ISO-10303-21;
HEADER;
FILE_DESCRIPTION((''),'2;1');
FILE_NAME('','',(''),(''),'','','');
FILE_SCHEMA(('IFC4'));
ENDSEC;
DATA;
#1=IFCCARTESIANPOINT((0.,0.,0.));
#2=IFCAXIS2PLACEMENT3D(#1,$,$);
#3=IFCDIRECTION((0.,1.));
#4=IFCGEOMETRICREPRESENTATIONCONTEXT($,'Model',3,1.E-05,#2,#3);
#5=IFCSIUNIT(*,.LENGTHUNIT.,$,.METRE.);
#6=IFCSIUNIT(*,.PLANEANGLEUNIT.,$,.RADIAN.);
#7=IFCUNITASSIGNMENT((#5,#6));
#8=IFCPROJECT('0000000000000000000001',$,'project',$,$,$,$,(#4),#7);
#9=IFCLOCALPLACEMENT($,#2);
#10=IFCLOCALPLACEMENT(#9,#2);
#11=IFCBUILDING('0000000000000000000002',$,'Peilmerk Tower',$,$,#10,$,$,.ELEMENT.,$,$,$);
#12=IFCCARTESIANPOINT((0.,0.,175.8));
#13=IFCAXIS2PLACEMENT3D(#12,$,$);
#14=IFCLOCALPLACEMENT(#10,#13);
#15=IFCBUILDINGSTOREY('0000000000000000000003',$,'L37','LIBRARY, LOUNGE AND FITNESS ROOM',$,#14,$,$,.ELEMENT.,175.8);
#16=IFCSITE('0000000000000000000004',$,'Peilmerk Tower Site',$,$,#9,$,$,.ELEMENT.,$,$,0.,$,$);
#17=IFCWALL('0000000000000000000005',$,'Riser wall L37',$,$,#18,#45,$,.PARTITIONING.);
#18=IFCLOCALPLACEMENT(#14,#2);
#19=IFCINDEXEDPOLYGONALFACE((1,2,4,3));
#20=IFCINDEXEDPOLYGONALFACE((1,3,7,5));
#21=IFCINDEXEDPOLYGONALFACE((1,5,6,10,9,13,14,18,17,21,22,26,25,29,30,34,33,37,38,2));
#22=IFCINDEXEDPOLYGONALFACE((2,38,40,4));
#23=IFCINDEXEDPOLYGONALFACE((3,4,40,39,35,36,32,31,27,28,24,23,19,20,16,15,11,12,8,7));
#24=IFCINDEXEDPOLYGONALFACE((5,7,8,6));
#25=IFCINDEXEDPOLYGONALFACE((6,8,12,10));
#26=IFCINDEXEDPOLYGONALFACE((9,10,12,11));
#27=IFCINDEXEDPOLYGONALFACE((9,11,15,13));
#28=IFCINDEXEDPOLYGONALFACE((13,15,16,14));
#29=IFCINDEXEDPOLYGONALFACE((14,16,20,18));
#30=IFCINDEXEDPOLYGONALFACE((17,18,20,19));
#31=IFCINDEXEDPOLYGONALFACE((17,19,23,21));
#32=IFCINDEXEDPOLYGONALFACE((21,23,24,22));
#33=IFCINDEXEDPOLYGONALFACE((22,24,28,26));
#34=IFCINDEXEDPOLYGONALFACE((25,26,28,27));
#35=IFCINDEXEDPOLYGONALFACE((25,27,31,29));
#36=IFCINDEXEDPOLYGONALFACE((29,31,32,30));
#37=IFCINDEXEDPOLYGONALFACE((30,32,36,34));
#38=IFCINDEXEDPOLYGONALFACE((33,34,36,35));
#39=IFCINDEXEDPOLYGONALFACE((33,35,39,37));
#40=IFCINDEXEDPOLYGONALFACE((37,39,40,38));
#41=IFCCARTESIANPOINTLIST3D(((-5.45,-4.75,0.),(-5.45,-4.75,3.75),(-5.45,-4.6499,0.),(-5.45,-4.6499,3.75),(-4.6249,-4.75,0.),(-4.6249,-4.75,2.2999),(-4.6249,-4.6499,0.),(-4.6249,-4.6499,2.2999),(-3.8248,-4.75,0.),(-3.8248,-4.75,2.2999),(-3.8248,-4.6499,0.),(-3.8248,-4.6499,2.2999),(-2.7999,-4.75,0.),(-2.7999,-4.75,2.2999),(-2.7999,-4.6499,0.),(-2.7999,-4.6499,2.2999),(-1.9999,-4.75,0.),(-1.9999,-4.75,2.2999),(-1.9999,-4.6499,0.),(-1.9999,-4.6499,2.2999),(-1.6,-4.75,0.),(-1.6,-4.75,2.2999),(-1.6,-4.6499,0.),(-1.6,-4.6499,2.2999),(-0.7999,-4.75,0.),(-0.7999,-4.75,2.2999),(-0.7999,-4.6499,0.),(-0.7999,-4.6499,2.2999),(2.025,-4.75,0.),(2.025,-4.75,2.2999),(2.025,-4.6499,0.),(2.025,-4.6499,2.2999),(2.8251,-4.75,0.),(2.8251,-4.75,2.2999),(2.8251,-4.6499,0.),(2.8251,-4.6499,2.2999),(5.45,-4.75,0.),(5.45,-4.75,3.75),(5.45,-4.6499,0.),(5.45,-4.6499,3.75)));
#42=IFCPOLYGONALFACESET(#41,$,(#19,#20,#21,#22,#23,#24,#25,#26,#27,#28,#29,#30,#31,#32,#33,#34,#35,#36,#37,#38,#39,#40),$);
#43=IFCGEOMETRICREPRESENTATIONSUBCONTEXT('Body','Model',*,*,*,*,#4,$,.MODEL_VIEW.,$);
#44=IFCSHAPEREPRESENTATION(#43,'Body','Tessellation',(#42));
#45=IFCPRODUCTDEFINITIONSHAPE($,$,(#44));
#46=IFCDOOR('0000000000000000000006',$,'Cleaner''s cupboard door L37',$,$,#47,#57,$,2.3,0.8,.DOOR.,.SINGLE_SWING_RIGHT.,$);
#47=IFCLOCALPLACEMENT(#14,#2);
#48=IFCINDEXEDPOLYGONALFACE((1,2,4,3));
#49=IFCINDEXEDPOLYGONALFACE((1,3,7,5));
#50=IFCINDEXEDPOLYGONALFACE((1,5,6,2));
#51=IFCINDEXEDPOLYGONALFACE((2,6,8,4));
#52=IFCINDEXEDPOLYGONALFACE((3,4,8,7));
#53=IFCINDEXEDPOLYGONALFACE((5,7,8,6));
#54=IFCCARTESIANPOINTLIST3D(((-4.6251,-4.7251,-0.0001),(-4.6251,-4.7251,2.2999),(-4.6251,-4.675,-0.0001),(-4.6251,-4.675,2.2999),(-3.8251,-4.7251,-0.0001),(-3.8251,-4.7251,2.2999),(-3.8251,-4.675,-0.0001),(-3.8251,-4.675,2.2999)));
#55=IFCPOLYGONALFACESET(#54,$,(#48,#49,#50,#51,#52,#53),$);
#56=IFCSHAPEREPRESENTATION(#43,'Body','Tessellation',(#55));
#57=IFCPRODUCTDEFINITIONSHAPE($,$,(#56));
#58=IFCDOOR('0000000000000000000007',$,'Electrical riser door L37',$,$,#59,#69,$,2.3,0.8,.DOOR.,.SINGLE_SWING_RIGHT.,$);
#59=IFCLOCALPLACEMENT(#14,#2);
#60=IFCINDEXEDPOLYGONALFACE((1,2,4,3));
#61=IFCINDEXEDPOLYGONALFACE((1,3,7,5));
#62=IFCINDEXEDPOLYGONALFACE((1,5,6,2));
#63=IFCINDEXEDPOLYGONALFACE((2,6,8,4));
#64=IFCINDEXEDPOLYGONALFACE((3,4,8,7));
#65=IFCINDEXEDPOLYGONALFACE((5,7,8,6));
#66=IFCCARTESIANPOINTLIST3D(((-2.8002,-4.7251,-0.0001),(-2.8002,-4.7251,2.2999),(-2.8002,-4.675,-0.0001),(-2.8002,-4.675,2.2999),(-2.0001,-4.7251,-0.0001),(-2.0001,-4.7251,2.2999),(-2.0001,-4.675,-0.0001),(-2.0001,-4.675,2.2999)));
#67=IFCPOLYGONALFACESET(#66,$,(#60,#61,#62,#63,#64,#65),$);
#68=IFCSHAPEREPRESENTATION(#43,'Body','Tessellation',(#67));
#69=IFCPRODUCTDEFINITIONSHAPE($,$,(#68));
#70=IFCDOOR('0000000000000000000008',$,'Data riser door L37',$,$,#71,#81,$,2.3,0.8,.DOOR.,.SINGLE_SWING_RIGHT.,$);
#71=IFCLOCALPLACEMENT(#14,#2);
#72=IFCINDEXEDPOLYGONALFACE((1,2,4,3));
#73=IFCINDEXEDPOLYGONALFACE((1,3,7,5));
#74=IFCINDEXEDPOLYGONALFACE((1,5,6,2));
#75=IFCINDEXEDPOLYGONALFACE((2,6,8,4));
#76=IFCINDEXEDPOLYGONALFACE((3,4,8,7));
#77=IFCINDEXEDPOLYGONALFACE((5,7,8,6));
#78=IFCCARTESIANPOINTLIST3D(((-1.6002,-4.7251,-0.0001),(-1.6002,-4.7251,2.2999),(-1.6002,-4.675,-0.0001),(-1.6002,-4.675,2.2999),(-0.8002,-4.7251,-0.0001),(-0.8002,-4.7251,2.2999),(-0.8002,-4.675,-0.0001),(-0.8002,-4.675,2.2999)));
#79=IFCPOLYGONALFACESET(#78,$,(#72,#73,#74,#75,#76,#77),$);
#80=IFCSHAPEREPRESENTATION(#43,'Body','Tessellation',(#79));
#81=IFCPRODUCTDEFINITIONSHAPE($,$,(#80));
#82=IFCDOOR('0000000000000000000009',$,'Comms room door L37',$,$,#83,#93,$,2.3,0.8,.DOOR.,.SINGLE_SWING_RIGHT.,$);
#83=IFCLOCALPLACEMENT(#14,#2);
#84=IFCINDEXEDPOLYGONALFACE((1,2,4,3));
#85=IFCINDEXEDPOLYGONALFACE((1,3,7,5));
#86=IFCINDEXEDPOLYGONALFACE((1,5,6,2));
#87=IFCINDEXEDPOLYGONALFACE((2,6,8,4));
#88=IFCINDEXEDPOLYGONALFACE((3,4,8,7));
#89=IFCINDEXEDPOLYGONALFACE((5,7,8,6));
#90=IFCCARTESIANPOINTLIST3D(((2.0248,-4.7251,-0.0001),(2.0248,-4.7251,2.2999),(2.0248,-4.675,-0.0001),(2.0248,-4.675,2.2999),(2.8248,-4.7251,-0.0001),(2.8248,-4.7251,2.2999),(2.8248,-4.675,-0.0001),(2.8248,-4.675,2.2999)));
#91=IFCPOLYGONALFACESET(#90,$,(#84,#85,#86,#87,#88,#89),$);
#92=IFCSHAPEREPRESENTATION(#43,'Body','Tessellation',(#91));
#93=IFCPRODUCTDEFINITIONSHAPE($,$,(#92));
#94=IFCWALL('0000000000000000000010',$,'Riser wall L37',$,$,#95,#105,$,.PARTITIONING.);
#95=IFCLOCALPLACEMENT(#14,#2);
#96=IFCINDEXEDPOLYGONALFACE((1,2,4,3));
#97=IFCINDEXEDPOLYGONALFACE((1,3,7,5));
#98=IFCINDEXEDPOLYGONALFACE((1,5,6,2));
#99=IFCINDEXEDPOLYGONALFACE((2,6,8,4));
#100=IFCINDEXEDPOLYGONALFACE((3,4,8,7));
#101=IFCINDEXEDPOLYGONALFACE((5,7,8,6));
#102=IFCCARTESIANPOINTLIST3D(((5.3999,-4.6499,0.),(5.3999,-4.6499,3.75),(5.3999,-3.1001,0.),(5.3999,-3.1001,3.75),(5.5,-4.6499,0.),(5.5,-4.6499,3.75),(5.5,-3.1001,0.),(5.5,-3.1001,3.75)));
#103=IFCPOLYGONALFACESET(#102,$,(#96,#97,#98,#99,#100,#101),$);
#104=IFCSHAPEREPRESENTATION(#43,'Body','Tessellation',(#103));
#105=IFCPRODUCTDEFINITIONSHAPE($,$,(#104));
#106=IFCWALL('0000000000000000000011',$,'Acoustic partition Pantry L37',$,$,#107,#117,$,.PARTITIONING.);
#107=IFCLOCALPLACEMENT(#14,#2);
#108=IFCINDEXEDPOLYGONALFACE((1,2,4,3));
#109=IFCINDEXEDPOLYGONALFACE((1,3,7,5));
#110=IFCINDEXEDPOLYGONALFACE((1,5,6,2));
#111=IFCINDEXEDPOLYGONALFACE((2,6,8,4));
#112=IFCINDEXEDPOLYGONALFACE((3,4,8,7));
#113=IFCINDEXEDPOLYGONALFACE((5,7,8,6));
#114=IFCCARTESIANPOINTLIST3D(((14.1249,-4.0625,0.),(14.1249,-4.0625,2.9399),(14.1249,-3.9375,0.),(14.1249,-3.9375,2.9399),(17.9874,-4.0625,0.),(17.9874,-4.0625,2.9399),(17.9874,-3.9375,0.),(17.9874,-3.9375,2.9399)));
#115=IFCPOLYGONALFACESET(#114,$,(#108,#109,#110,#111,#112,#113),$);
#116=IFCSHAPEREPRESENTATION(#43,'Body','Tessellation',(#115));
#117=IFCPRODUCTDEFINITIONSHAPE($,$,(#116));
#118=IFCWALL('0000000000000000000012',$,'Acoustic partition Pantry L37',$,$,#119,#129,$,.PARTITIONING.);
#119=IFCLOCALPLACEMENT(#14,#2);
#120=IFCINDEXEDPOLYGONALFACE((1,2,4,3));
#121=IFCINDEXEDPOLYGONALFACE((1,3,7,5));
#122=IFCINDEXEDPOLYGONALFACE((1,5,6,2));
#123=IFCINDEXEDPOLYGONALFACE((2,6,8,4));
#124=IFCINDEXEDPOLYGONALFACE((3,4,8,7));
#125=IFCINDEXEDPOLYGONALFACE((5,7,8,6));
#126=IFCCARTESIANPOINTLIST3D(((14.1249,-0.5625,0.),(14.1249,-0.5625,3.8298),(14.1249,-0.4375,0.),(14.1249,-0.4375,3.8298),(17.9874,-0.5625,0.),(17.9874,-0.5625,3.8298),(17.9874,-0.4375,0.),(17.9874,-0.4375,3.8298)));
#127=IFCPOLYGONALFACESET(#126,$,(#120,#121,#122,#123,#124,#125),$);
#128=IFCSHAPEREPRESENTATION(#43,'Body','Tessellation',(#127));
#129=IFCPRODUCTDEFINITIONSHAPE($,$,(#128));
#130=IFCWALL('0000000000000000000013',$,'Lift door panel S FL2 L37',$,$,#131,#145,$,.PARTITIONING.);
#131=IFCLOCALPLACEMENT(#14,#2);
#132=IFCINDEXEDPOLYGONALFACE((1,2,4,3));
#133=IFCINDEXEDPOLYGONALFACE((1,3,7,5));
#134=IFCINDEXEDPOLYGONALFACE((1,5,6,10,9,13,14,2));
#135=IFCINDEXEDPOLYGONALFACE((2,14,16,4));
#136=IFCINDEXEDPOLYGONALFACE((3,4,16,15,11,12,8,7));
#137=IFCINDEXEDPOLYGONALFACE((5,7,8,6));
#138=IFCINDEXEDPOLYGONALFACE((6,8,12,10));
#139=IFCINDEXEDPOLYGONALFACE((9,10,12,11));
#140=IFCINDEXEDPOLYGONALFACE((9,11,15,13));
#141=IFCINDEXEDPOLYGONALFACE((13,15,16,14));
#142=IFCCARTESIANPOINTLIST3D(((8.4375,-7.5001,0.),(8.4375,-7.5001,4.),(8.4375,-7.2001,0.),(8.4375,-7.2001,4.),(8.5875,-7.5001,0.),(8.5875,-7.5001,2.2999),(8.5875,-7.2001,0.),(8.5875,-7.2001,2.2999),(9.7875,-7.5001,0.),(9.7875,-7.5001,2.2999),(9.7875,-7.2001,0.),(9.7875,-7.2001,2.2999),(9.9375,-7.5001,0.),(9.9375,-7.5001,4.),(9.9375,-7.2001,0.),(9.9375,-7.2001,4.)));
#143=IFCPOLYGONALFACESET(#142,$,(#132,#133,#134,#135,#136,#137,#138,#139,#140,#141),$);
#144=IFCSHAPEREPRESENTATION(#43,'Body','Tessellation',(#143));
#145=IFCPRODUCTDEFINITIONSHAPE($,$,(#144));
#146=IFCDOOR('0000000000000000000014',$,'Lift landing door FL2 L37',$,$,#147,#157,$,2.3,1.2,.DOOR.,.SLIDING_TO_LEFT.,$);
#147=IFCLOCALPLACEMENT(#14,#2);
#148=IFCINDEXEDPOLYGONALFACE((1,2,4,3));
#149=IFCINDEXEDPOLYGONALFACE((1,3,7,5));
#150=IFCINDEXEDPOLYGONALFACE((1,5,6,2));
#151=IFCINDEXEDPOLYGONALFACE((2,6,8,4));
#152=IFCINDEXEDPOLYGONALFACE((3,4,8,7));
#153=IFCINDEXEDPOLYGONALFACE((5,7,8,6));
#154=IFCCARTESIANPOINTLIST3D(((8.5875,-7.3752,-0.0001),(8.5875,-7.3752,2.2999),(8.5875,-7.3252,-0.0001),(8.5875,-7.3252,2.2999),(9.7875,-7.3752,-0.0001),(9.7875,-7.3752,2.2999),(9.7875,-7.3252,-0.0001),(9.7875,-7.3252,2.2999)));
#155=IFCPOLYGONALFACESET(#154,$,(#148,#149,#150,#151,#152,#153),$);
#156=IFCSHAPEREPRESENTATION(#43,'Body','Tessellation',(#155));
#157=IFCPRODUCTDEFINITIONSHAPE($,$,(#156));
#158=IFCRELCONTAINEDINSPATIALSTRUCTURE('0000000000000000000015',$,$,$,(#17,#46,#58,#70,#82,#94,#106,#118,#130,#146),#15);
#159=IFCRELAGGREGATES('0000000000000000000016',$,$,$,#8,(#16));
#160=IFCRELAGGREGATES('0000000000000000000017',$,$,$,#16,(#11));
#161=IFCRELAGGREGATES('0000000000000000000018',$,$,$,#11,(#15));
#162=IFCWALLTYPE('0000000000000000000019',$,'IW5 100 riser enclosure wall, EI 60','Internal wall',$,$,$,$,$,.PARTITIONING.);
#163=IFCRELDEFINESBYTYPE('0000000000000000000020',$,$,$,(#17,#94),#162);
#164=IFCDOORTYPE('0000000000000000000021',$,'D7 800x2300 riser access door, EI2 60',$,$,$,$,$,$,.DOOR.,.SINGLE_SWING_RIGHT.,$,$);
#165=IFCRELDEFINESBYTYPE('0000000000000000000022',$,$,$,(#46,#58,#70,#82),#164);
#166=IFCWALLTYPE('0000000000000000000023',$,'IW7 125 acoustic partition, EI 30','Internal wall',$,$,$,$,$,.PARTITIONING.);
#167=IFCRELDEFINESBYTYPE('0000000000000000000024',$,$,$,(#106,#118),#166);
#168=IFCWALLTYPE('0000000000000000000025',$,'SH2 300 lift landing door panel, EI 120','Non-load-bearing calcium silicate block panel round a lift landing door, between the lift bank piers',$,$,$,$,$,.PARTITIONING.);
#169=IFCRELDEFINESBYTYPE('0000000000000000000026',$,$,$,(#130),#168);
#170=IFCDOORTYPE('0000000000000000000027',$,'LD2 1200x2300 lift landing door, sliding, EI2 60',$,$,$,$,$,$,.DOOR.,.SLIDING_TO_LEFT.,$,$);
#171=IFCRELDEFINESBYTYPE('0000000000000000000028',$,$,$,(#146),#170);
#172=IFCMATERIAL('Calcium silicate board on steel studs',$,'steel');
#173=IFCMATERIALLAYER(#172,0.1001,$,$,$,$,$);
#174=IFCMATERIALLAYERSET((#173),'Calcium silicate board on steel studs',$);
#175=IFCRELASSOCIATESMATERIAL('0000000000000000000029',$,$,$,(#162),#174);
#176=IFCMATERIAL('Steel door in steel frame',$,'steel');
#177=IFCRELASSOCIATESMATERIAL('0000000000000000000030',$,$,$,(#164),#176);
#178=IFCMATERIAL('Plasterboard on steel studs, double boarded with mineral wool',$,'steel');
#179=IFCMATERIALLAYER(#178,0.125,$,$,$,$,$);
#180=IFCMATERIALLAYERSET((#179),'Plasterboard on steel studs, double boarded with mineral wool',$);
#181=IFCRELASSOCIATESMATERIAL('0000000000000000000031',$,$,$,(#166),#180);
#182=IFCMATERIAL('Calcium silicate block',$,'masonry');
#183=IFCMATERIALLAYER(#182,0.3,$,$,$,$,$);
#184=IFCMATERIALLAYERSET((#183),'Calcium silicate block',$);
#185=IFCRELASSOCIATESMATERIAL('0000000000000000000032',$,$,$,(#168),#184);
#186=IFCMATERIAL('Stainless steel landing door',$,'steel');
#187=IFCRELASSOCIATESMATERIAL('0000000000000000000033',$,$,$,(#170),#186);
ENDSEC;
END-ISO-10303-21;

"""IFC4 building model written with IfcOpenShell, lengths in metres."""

from ifc_helpers import new_model, si_unit, direction, frame, frame_2d, origin, place, context, subcontext, project, spatial, rectangle, extrude, material, layer, layer_set, type_object, element, fill, save


model = new_model("IFC4")

# Units and contexts
model_context = context("Model", 3, precision=1e-05, world=origin(), true_north=direction((0.0, 1.0)))
body_context = subcontext(model_context, "Body", "Model", "MODEL_VIEW")
ifc_project = project(units=[si_unit("LENGTHUNIT", "METRE"), si_unit("PLANEANGLEUNIT", "RADIAN")], contexts=[model_context])

# Site, building, storey
site_placement = place(None, origin())
site = spatial("IfcSite", under=ifc_project, at=site_placement, Name="Peilmerk Tower Site", CompositionType="ELEMENT", RefElevation=0.0)
building_placement = place(site_placement, origin())
building = spatial("IfcBuilding", under=site, at=building_placement, Name="Peilmerk Tower", CompositionType="ELEMENT")
storey_placement = place(building_placement, frame((0.0, 0.0, 175.8)))
storey = spatial("IfcBuildingStorey", under=building, at=storey_placement, Name="L37", Description="LIBRARY, LOUNGE AND FITNESS ROOM", CompositionType="ELEMENT", Elevation=175.8)

# Shared definitions
ifc_material_1 = material(Name="Steel door in steel frame", Category="steel")

# Shared definitions
ifc_material_2 = material(Name="Calcium silicate board on steel studs", Category="steel")
ifc_layer_1 = layer(ifc_material_2, 0.1001)
ifc_layer_set_1 = layer_set([ifc_layer_1], Name="Calcium silicate board on steel studs")
wall_type_1 = type_object("IfcWallType", Name="IW5 100 riser enclosure wall, EI 60", Description="Internal wall", PredefinedType="PARTITIONING", material=ifc_layer_set_1)

# Wall, openings, doors
wall_1_placement = place(storey_placement, frame((5.45, -4.7, 0.0), z_axis=(0.0, 0.0, 1.0), x_axis=(-1.0, 0.0, 0.0)))
wall_1 = element("IfcWall", 1, at=wall_1_placement, inside=storey, type_object=wall_type_1, Name="Riser wall L37", PredefinedType="PARTITIONING", context=body_context, shape_type="SweptSolid", body=[
    extrude(rectangle(XDim=10.8999, YDim=0.1001, at=frame_2d((5.45, 0.0))), origin(), (0.0, 0.0, 1.0), 3.75),
])
opening_1_placement = place(wall_1_placement, frame((9.2749, 0.0, 0.0)))
opening_1 = element("IfcOpeningElement", 2, at=opening_1_placement, cuts=wall_1, PredefinedType="OPENING", context=body_context, shape_type="SweptSolid", body=[
    extrude(rectangle(XDim=0.8, YDim=2.3, at=frame_2d((0.3999, 1.1499))), frame((0.0, 0.0601, 0.0), z_axis=(0.0, -1.0, 0.0), x_axis=(1.0, 0.0, 0.0)), (0.0, 0.0, 1.0), 0.1201),
])
opening_2_placement = place(wall_1_placement, frame((7.45, 0.0, 0.0)))
opening_2 = element("IfcOpeningElement", 3, at=opening_2_placement, cuts=wall_1, PredefinedType="OPENING", context=body_context, shape_type="SweptSolid", body=[
    extrude(rectangle(XDim=0.8, YDim=2.3, at=frame_2d((0.3999, 1.1499))), frame((0.0, 0.0601, 0.0), z_axis=(0.0, -1.0, 0.0), x_axis=(1.0, 0.0, 0.0)), (0.0, 0.0, 1.0), 0.1201),
])
opening_3_placement = place(wall_1_placement, frame((6.25, 0.0, 0.0)))
opening_3 = element("IfcOpeningElement", 4, at=opening_3_placement, cuts=wall_1, PredefinedType="OPENING", context=body_context, shape_type="SweptSolid", body=[
    extrude(rectangle(XDim=0.8, YDim=2.3, at=frame_2d((0.3999, 1.1499))), frame((0.0, 0.0601, 0.0), z_axis=(0.0, -1.0, 0.0), x_axis=(1.0, 0.0, 0.0)), (0.0, 0.0, 1.0), 0.1201),
])
opening_4_placement = place(wall_1_placement, frame((2.625, 0.0, 0.0)))
opening_4 = element("IfcOpeningElement", 5, at=opening_4_placement, cuts=wall_1, PredefinedType="OPENING", context=body_context, shape_type="SweptSolid", body=[
    extrude(rectangle(XDim=0.8, YDim=2.3, at=frame_2d((0.3999, 1.1499))), frame((0.0, 0.0601, 0.0), z_axis=(0.0, -1.0, 0.0), x_axis=(1.0, 0.0, 0.0)), (0.0, 0.0, 1.0), 0.1201),
])
door_type_1 = type_object("IfcDoorType", Name="D7 800x2300 riser access door, EI2 60", OperationType="SINGLE_SWING_RIGHT", PredefinedType="DOOR", material=ifc_material_1)
door_1_placement = place(opening_1_placement, frame((0.8, 0.0, 0.0), z_axis=(0.0, 0.0, 1.0), x_axis=(-1.0, 0.0, 0.0)))
door_1 = element("IfcDoor", 6, at=door_1_placement, inside=storey, type_object=door_type_1, Name="Cleaner's cupboard door L37", OperationType="SINGLE_SWING_RIGHT", OverallHeight=2.3, OverallWidth=0.8, PredefinedType="DOOR", context=body_context, shape_type="SweptSolid", body=[
    extrude(rectangle(XDim=0.8, YDim=2.3, at=frame_2d((0.3999, 1.1499))), frame((0.0, 0.0249, 0.0), z_axis=(0.0, -1.0, 0.0), x_axis=(1.0, 0.0, 0.0)), (0.0, 0.0, 1.0), 0.05),
])
fill(opening_1, door_1)
door_2_placement = place(opening_2_placement, frame((0.8, 0.0, 0.0), z_axis=(0.0, 0.0, 1.0), x_axis=(-1.0, 0.0, 0.0)))
door_2 = element("IfcDoor", 7, at=door_2_placement, inside=storey, type_object=door_type_1, Name="Electrical riser door L37", OperationType="SINGLE_SWING_RIGHT", OverallHeight=2.3, OverallWidth=0.8, PredefinedType="DOOR", context=body_context, shape_type="SweptSolid", body=[
    extrude(rectangle(XDim=0.8, YDim=2.3, at=frame_2d((0.3999, 1.1499))), frame((0.0, 0.0249, 0.0), z_axis=(0.0, -1.0, 0.0), x_axis=(1.0, 0.0, 0.0)), (0.0, 0.0, 1.0), 0.05),
])
fill(opening_2, door_2)
door_3_placement = place(opening_3_placement, frame((0.8, 0.0, 0.0), z_axis=(0.0, 0.0, 1.0), x_axis=(-1.0, 0.0, 0.0)))
door_3 = element("IfcDoor", 8, at=door_3_placement, inside=storey, type_object=door_type_1, Name="Data riser door L37", OperationType="SINGLE_SWING_RIGHT", OverallHeight=2.3, OverallWidth=0.8, PredefinedType="DOOR", context=body_context, shape_type="SweptSolid", body=[
    extrude(rectangle(XDim=0.8, YDim=2.3, at=frame_2d((0.3999, 1.1499))), frame((0.0, 0.0249, 0.0), z_axis=(0.0, -1.0, 0.0), x_axis=(1.0, 0.0, 0.0)), (0.0, 0.0, 1.0), 0.05),
])
fill(opening_3, door_3)
door_4_placement = place(opening_4_placement, frame((0.8, 0.0, 0.0), z_axis=(0.0, 0.0, 1.0), x_axis=(-1.0, 0.0, 0.0)))
door_4 = element("IfcDoor", 9, at=door_4_placement, inside=storey, type_object=door_type_1, Name="Comms room door L37", OperationType="SINGLE_SWING_RIGHT", OverallHeight=2.3, OverallWidth=0.8, PredefinedType="DOOR", context=body_context, shape_type="SweptSolid", body=[
    extrude(rectangle(XDim=0.8, YDim=2.3, at=frame_2d((0.3999, 1.1499))), frame((0.0, 0.0249, 0.0), z_axis=(0.0, -1.0, 0.0), x_axis=(1.0, 0.0, 0.0)), (0.0, 0.0, 1.0), 0.05),
])
fill(opening_4, door_4)

# Walls
wall_2_placement = place(storey_placement, frame((5.45, -3.1001, 0.0), z_axis=(0.0, 0.0, 1.0), x_axis=(0.0, -1.0, 0.0)))
element("IfcWall", 10, at=wall_2_placement, inside=storey, type_object=wall_type_1, Name="Riser wall L37", PredefinedType="PARTITIONING", context=body_context, shape_type="SweptSolid", body=[
    extrude(rectangle(XDim=1.5498, YDim=0.1001, at=frame_2d((0.7749, 0.0))), origin(), (0.0, 0.0, 1.0), 3.75),
])
ifc_material_3 = material(Name="Plasterboard on steel studs, double boarded with mineral wool", Category="steel")
ifc_layer_2 = layer(ifc_material_3, 0.125)
ifc_layer_set_2 = layer_set([ifc_layer_2], Name="Plasterboard on steel studs, double boarded with mineral wool")
wall_type_2 = type_object("IfcWallType", Name="IW7 125 acoustic partition, EI 30", Description="Internal wall", PredefinedType="PARTITIONING", material=ifc_layer_set_2)
wall_3_placement = place(storey_placement, frame((14.125, -4.0, 0.0), z_axis=(0.0, 0.0, 1.0), x_axis=(1.0, 0.0, 0.0)))
element("IfcWall", 11, at=wall_3_placement, inside=storey, type_object=wall_type_2, Name="Acoustic partition Pantry L37", PredefinedType="PARTITIONING", context=body_context, shape_type="SweptSolid", body=[
    extrude(rectangle(XDim=3.8625, YDim=0.125, at=frame_2d((1.9312, 0.0))), origin(), (0.0, 0.0, 1.0), 2.9399),
])
wall_4_placement = place(storey_placement, frame((14.125, -0.5, 0.0), z_axis=(0.0, 0.0, 1.0), x_axis=(1.0, 0.0, 0.0)))
element("IfcWall", 12, at=wall_4_placement, inside=storey, type_object=wall_type_2, Name="Acoustic partition Pantry L37", PredefinedType="PARTITIONING", context=body_context, shape_type="SweptSolid", body=[
    extrude(rectangle(XDim=3.8625, YDim=0.125, at=frame_2d((1.9312, 0.0))), origin(), (0.0, 0.0, 1.0), 3.8298),
])

# Wall, opening, door
ifc_material_4 = material(Name="Calcium silicate block", Category="masonry")
ifc_layer_3 = layer(ifc_material_4, 0.3)
ifc_layer_set_3 = layer_set([ifc_layer_3], Name="Calcium silicate block")
wall_type_3 = type_object("IfcWallType", Name="SH2 300 lift landing door panel, EI 120", Description="Non-load-bearing calcium silicate block panel round a lift landing door, between the lift bank piers", PredefinedType="PARTITIONING", material=ifc_layer_set_3)
wall_5_placement = place(storey_placement, frame((8.4375, -7.3501, 0.0), z_axis=(0.0, 0.0, 1.0), x_axis=(1.0, 0.0, 0.0)))
wall_5 = element("IfcWall", 13, at=wall_5_placement, inside=storey, type_object=wall_type_3, Name="Lift door panel S FL2 L37", PredefinedType="PARTITIONING", context=body_context, shape_type="SweptSolid", body=[
    extrude(rectangle(XDim=1.5, YDim=0.3, at=frame_2d((0.75, 0.0))), origin(), (0.0, 0.0, 1.0), 4.0),
])
opening_5_placement = place(wall_5_placement, frame((0.1499, 0.0, 0.0)))
opening_5 = element("IfcOpeningElement", 14, at=opening_5_placement, cuts=wall_5, PredefinedType="OPENING", context=body_context, shape_type="SweptSolid", body=[
    extrude(rectangle(XDim=1.2, YDim=2.3, at=frame_2d((0.6001, 1.1499))), frame((0.0, 0.1599, 0.0), z_axis=(0.0, -1.0, 0.0), x_axis=(1.0, 0.0, 0.0)), (0.0, 0.0, 1.0), 0.3201),
])
ifc_material_5 = material(Name="Stainless steel landing door", Category="steel")
door_type_2 = type_object("IfcDoorType", Name="LD2 1200x2300 lift landing door, sliding, EI2 60", OperationType="SLIDING_TO_LEFT", PredefinedType="DOOR", material=ifc_material_5)
door_5_placement = place(opening_5_placement, origin())
door_5 = element("IfcDoor", 15, at=door_5_placement, inside=storey, type_object=door_type_2, Name="Lift landing door FL2 L37", OperationType="SLIDING_TO_LEFT", OverallHeight=2.3, OverallWidth=1.2, PredefinedType="DOOR", context=body_context, shape_type="SweptSolid", body=[
    extrude(rectangle(XDim=1.2, YDim=2.3, at=frame_2d((0.6001, 1.1499))), frame((0.0, 0.0249, 0.0), z_axis=(0.0, -1.0, 0.0), x_axis=(1.0, 0.0, 0.0)), (0.0, 0.0, 1.0), 0.05),
])
fill(opening_5, door_5)

save(model, "model.ifc")
